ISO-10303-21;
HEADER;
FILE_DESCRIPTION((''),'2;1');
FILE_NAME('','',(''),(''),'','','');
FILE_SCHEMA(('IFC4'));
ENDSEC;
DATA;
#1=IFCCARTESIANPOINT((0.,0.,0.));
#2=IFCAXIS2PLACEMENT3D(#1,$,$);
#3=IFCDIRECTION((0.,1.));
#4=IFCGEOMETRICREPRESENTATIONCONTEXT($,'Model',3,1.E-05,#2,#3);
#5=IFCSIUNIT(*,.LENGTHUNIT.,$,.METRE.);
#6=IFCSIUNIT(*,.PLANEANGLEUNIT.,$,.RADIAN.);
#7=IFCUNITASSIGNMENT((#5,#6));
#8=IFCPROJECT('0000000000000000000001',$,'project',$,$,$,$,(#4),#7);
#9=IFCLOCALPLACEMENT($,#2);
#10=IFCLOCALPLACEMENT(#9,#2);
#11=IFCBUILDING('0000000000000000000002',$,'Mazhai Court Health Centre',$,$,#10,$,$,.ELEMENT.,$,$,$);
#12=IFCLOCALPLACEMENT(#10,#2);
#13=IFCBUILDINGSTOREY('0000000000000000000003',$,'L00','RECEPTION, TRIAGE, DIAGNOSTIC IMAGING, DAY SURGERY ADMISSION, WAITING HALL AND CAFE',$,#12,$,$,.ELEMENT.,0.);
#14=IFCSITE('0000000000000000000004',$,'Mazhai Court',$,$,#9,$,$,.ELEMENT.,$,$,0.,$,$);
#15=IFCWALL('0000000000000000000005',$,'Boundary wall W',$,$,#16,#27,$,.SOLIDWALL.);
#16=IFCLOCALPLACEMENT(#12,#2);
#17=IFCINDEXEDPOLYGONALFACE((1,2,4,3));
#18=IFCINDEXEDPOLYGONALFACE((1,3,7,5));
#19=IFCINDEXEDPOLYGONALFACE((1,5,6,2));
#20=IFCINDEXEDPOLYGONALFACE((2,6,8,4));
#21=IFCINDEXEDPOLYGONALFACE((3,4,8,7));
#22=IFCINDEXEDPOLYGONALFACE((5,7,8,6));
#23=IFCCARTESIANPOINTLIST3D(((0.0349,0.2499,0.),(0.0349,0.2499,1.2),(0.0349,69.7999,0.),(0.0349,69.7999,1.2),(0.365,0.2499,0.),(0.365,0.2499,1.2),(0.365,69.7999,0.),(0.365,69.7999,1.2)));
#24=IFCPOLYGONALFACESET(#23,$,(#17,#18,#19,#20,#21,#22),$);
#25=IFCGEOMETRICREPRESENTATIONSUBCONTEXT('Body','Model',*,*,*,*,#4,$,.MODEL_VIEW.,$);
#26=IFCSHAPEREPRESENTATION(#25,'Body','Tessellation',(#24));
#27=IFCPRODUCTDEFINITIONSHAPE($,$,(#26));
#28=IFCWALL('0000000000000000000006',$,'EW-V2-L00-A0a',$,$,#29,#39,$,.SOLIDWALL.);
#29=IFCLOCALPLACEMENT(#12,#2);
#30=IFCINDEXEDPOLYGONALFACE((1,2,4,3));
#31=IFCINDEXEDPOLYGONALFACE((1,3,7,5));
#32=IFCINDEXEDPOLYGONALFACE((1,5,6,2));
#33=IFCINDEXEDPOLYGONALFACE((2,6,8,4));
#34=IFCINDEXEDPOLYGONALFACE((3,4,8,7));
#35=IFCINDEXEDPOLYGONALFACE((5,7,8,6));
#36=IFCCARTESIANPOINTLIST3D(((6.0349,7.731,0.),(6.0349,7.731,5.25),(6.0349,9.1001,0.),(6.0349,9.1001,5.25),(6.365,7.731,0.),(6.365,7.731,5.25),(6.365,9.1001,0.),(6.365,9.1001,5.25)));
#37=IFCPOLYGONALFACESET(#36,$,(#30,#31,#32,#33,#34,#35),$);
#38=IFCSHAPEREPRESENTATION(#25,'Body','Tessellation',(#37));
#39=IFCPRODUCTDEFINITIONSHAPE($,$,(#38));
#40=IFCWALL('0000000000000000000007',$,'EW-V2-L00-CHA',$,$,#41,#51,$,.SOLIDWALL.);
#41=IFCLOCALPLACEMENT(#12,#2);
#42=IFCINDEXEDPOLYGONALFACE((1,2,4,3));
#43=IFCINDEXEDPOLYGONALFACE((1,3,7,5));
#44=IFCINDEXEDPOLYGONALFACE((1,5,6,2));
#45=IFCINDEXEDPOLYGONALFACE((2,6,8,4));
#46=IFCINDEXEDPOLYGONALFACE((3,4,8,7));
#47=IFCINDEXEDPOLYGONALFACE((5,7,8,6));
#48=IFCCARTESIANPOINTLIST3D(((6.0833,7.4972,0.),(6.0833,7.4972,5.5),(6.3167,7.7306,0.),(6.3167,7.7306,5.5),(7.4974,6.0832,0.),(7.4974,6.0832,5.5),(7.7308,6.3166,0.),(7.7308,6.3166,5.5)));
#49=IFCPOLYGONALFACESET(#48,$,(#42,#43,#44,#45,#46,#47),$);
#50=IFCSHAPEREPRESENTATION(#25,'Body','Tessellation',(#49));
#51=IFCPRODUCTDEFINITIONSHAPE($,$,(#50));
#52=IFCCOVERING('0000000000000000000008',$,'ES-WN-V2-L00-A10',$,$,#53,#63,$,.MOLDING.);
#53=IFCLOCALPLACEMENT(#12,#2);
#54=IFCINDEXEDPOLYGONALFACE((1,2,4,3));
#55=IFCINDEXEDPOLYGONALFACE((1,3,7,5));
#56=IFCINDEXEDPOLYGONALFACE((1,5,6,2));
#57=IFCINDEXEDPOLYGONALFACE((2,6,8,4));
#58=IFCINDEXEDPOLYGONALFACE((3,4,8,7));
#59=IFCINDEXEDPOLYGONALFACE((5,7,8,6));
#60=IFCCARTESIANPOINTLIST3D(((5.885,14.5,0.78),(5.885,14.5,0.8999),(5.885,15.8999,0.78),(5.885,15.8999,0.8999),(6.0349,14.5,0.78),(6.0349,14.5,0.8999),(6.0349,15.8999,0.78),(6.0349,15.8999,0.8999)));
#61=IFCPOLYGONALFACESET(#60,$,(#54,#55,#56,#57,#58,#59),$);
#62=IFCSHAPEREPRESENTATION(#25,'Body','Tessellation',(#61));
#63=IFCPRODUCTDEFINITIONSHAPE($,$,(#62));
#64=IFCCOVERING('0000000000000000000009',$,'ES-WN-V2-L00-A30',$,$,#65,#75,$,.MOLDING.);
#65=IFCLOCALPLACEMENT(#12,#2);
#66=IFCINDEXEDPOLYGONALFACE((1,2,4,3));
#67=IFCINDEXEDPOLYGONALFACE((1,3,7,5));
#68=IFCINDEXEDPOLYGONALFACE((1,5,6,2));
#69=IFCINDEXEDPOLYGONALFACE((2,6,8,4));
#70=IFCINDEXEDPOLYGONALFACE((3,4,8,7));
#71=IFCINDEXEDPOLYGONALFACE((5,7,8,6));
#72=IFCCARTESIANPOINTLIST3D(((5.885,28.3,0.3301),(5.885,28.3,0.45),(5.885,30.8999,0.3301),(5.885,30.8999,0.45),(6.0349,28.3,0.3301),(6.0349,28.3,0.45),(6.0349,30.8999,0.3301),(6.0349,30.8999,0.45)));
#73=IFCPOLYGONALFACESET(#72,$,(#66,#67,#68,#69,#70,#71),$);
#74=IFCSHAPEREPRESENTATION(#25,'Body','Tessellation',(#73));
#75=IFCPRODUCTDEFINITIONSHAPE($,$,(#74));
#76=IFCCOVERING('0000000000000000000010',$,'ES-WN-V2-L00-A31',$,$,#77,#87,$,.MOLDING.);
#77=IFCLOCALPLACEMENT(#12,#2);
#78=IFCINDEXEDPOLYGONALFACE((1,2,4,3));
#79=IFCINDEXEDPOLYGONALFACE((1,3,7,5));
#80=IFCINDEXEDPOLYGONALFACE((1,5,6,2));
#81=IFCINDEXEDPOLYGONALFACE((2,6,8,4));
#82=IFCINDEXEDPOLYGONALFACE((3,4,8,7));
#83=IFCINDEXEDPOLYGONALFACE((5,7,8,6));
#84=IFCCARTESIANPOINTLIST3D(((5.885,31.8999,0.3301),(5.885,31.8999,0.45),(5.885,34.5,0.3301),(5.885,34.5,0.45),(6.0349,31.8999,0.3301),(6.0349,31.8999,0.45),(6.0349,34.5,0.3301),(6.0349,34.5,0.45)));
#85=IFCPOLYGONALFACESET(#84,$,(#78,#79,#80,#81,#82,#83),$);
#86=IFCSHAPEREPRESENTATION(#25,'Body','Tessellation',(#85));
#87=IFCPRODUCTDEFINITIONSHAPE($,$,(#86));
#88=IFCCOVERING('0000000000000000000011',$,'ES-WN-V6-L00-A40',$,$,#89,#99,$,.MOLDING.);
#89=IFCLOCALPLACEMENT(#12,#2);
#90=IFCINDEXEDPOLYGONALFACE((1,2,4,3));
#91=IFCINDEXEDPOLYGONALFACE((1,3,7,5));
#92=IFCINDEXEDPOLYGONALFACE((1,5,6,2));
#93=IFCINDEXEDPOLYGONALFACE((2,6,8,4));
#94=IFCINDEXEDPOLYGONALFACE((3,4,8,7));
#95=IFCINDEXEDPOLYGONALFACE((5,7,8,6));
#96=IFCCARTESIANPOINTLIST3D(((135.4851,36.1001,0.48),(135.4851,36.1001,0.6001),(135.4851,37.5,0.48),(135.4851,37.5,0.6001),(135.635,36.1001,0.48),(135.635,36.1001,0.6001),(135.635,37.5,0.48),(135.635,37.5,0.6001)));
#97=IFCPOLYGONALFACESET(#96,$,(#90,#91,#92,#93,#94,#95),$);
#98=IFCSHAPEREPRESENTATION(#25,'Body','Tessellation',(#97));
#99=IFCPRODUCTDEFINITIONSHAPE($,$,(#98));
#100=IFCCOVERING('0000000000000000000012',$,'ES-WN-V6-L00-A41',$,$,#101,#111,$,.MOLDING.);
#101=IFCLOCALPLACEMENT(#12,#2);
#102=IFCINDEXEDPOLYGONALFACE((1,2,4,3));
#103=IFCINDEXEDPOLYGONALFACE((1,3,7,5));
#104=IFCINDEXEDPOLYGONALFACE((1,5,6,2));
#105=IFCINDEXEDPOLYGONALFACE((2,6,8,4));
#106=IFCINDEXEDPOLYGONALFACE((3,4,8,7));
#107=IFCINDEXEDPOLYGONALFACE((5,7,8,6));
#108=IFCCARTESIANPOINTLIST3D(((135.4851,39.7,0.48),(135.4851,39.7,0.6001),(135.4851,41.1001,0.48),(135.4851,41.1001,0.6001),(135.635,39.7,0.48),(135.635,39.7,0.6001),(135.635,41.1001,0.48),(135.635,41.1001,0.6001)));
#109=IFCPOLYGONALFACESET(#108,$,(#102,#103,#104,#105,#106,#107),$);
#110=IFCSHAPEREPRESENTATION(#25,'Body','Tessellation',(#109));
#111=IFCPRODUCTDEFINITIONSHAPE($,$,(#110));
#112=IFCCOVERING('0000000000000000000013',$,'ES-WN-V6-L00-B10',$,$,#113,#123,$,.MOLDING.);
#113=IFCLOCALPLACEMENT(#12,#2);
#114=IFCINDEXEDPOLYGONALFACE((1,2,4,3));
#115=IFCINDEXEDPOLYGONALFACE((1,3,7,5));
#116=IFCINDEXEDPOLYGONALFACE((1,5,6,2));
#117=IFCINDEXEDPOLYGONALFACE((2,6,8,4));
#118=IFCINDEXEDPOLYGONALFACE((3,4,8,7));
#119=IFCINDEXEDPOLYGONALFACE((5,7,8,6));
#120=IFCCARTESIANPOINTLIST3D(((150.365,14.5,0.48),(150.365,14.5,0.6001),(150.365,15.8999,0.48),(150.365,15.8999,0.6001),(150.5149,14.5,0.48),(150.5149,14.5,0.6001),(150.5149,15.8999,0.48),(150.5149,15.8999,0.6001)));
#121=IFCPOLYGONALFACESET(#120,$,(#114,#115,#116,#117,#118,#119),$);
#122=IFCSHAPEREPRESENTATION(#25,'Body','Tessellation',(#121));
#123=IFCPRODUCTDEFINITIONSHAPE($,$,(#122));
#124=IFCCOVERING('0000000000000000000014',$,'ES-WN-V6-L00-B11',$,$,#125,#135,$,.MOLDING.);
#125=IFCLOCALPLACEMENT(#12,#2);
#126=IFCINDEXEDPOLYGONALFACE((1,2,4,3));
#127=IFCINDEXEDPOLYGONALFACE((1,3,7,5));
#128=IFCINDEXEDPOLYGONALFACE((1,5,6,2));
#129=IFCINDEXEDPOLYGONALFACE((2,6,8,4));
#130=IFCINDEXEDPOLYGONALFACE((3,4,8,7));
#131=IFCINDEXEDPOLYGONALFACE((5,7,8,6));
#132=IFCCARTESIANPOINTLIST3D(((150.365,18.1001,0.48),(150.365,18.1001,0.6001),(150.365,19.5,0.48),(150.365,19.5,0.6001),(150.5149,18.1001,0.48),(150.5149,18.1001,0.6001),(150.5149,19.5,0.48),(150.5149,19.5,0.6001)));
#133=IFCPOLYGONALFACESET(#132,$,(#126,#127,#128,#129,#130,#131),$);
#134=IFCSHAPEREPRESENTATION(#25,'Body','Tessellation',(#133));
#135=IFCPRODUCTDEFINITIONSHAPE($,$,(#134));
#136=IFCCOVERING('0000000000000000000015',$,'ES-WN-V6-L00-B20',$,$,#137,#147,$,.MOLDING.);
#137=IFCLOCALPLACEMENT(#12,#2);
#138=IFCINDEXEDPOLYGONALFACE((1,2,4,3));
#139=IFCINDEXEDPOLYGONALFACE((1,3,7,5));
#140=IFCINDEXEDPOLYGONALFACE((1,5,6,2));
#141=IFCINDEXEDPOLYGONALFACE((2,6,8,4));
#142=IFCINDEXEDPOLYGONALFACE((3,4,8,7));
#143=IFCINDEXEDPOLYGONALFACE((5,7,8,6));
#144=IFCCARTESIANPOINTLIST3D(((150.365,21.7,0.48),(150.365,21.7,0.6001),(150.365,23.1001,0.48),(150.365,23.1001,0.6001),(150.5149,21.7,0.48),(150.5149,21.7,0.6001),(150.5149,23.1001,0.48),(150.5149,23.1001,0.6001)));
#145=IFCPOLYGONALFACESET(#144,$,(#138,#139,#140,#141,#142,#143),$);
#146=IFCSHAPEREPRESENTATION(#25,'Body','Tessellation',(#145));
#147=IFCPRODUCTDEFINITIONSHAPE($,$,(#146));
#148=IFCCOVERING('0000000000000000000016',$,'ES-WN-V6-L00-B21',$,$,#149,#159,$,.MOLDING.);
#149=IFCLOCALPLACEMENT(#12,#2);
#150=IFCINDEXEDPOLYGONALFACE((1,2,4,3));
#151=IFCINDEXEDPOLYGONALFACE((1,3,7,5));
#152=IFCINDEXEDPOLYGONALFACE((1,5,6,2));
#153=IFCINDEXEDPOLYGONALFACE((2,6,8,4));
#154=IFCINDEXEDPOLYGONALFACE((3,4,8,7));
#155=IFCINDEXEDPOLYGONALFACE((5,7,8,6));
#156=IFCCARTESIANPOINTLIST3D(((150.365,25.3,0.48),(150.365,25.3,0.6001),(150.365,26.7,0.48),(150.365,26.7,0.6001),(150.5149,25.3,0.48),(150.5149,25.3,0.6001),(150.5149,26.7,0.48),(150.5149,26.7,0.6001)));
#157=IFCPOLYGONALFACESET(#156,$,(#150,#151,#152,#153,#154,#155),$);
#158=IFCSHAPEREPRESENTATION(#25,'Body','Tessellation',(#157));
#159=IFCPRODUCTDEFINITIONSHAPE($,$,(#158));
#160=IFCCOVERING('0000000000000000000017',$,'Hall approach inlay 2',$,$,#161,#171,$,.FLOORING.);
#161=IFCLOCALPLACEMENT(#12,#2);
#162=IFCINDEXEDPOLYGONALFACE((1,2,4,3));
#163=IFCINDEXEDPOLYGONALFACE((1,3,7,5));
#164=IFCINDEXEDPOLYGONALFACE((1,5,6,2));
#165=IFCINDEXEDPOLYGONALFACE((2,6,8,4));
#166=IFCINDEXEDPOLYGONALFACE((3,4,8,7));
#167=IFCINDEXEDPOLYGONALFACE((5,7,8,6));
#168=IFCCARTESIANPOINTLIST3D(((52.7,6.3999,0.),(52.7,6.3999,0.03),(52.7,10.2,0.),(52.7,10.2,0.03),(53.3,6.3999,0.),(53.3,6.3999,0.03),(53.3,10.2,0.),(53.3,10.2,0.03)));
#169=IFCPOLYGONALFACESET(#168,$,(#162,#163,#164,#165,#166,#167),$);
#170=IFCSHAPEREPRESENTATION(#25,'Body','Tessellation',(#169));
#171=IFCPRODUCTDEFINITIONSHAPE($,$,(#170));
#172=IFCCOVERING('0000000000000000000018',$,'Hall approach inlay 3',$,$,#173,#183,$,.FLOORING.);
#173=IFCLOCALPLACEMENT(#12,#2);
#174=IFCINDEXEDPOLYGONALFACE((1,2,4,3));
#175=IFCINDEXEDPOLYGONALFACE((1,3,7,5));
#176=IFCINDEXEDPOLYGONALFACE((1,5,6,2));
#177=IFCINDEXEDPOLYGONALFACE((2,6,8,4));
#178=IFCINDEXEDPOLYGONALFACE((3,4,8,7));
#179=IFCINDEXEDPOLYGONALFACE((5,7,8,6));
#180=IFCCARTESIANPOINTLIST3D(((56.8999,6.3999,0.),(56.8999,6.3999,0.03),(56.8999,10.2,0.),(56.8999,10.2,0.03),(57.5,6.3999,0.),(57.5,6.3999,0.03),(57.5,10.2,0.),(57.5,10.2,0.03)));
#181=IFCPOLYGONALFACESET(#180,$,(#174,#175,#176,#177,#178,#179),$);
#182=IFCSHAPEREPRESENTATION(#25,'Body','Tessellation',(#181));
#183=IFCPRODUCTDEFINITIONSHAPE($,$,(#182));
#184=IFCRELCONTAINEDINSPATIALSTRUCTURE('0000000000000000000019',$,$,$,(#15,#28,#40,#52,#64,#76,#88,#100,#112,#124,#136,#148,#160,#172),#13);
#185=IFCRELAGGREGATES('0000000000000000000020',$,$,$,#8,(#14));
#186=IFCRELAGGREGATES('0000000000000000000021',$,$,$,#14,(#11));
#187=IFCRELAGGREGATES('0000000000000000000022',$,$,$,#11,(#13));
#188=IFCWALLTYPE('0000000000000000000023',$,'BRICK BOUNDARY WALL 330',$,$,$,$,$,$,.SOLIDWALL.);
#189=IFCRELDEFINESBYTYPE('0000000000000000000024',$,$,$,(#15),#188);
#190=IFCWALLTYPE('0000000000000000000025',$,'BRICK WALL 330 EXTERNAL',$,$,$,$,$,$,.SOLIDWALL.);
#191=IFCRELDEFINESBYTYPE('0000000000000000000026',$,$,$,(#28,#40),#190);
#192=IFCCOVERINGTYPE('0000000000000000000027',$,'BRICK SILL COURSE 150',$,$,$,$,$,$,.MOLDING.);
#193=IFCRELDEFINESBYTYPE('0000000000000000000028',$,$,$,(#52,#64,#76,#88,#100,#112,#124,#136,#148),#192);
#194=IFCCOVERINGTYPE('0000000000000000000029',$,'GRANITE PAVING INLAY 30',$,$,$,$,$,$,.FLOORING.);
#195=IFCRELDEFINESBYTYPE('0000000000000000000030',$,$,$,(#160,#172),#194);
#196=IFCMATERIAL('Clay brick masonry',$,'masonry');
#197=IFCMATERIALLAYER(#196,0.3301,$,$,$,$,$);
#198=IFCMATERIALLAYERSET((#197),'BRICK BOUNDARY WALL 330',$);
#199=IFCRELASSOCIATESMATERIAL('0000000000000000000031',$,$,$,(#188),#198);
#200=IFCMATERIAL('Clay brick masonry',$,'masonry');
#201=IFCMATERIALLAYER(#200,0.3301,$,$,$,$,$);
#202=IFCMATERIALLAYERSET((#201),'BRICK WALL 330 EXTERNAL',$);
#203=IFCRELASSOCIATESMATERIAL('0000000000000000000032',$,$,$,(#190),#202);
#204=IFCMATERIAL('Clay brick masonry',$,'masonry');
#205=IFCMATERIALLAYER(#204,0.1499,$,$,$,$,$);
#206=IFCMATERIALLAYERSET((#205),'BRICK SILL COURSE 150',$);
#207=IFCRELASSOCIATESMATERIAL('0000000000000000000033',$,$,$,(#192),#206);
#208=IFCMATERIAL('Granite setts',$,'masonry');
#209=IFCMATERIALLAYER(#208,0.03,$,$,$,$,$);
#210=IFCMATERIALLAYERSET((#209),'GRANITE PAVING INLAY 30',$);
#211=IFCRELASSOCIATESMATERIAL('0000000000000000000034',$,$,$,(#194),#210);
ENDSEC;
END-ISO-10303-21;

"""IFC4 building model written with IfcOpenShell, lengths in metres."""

from ifc_helpers import new_model, si_unit, direction, frame, frame_2d, origin, place, context, subcontext, project, spatial, polyline, rectangle, outline, extrude, material, layer, layer_set, type_object, element, save


model = new_model("IFC4")

# Units and contexts
model_context = context("Model", 3, precision=1e-05, world=origin(), true_north=direction((0.0, 1.0)))
body_context = subcontext(model_context, "Body", "Model", "MODEL_VIEW")
ifc_project = project(units=[si_unit("LENGTHUNIT", "METRE"), si_unit("PLANEANGLEUNIT", "RADIAN")], contexts=[model_context])

# Site, building, storey
site_placement = place(None, origin())
site = spatial("IfcSite", under=ifc_project, at=site_placement, Name="Mazhai Court", CompositionType="ELEMENT", RefElevation=0.0)
building_placement = place(site_placement, origin())
building = spatial("IfcBuilding", under=site, at=building_placement, Name="Mazhai Court Health Centre", CompositionType="ELEMENT")
storey_placement = place(building_placement, origin())
storey = spatial("IfcBuildingStorey", under=building, at=storey_placement, Name="L00", Description="RECEPTION, TRIAGE, DIAGNOSTIC IMAGING, DAY SURGERY ADMISSION, WAITING HALL AND CAFE", CompositionType="ELEMENT", Elevation=0.0)

# Walls
ifc_material_1 = material(Name="Clay brick masonry", Category="masonry")
ifc_layer_1 = layer(ifc_material_1, 0.3301)
ifc_layer_set_1 = layer_set([ifc_layer_1], Name="BRICK BOUNDARY WALL 330")
wall_type_1 = type_object("IfcWallType", Name="BRICK BOUNDARY WALL 330", PredefinedType="SOLIDWALL", material=ifc_layer_set_1)
wall_1_placement = place(storey_placement, frame((0.2, 0.25, 0.0), z_axis=(0.0, 0.0, 1.0), x_axis=(0.0, 1.0, 0.0)))
element("IfcWall", 1, at=wall_1_placement, inside=storey, type_object=wall_type_1, Name="Boundary wall W", PredefinedType="SOLIDWALL", context=body_context, shape_type="SweptSolid", body=[
    extrude(rectangle(XDim=69.55, YDim=0.3301, at=frame_2d((34.7749, 0.0))), origin(), (0.0, 0.0, 1.0), 1.2),
])
ifc_material_2 = material(Name="Clay brick masonry", Category="masonry")
ifc_layer_2 = layer(ifc_material_2, 0.3301)
ifc_layer_set_2 = layer_set([ifc_layer_2], Name="BRICK WALL 330 EXTERNAL")
wall_type_2 = type_object("IfcWallType", Name="BRICK WALL 330 EXTERNAL", PredefinedType="SOLIDWALL", material=ifc_layer_set_2)
wall_2_placement = place(storey_placement, frame((6.2, 7.731, 0.0), z_axis=(0.0, 0.0, 1.0), x_axis=(0.0, 1.0, 0.0)))
element("IfcWall", 2, at=wall_2_placement, inside=storey, type_object=wall_type_2, Name="EW-V2-L00-A0a", PredefinedType="SOLIDWALL", context=body_context, shape_type="SweptSolid", body=[
    extrude(rectangle(XDim=1.3691, YDim=0.3301, at=frame_2d((0.6846, 0.0))), origin(), (0.0, 0.0, 1.0), 5.25),
])
wall_3_placement = place(storey_placement, frame((6.2, 7.614, 0.0), z_axis=(0.0, 0.0, 1.0), x_axis=(0.707107, -0.707107, 0.0)))
element("IfcWall", 3, at=wall_3_placement, inside=storey, type_object=wall_type_2, Name="EW-V2-L00-CHA", PredefinedType="SOLIDWALL", context=body_context, shape_type="SweptSolid", body=[
    extrude(rectangle(XDim=1.9998, YDim=0.3301, at=frame_2d((1.0, 0.0))), origin(), (0.0, 0.0, 1.0), 5.5),
])

# Coverings
ifc_material_3 = material(Name="Clay brick masonry", Category="masonry")
ifc_layer_3 = layer(ifc_material_3, 0.1499)
ifc_layer_set_3 = layer_set([ifc_layer_3], Name="BRICK SILL COURSE 150")
covering_type_1 = type_object("IfcCoveringType", Name="BRICK SILL COURSE 150", PredefinedType="MOLDING", material=ifc_layer_set_3)
covering_1_placement = place(storey_placement, frame((0.0, 0.0, 0.78)))
element("IfcCovering", 4, at=covering_1_placement, inside=storey, type_object=covering_type_1, Name="ES-WN-V2-L00-A10", PredefinedType="MOLDING", context=body_context, shape_type="SweptSolid", body=[
    extrude(outline(polyline([(6.0349, 14.5), (6.0349, 15.8999), (5.885, 15.8999), (5.885, 14.5), (6.0349, 14.5)])), origin(), (0.0, 0.0, 1.0), 0.1199),
])
covering_2_placement = place(storey_placement, frame((0.0, 0.0, 0.3301)))
element("IfcCovering", 5, at=covering_2_placement, inside=storey, type_object=covering_type_1, Name="ES-WN-V2-L00-A30", PredefinedType="MOLDING", context=body_context, shape_type="SweptSolid", body=[
    extrude(outline(polyline([(6.0349, 28.3), (6.0349, 30.8999), (5.885, 30.8999), (5.885, 28.3), (6.0349, 28.3)])), origin(), (0.0, 0.0, 1.0), 0.1199),
])
covering_3_placement = place(storey_placement, frame((0.0, 0.0, 0.3301)))
element("IfcCovering", 6, at=covering_3_placement, inside=storey, type_object=covering_type_1, Name="ES-WN-V2-L00-A31", PredefinedType="MOLDING", context=body_context, shape_type="SweptSolid", body=[
    extrude(outline(polyline([(6.0349, 31.8999), (6.0349, 34.5), (5.885, 34.5), (5.885, 31.8999), (6.0349, 31.8999)])), origin(), (0.0, 0.0, 1.0), 0.1199),
])
covering_4_placement = place(storey_placement, frame((0.0, 0.0, 0.48)))
element("IfcCovering", 7, at=covering_4_placement, inside=storey, type_object=covering_type_1, Name="ES-WN-V6-L00-A40", PredefinedType="MOLDING", context=body_context, shape_type="SweptSolid", body=[
    extrude(outline(polyline([(135.635, 36.1001), (135.635, 37.5), (135.4851, 37.5), (135.4851, 36.1001), (135.635, 36.1001)])), origin(), (0.0, 0.0, 1.0), 0.1201),
])
covering_5_placement = place(storey_placement, frame((0.0, 0.0, 0.48)))
element("IfcCovering", 8, at=covering_5_placement, inside=storey, type_object=covering_type_1, Name="ES-WN-V6-L00-A41", PredefinedType="MOLDING", context=body_context, shape_type="SweptSolid", body=[
    extrude(outline(polyline([(135.635, 39.7), (135.635, 41.1001), (135.4851, 41.1001), (135.4851, 39.7), (135.635, 39.7)])), origin(), (0.0, 0.0, 1.0), 0.1201),
])
covering_6_placement = place(storey_placement, frame((0.0, 0.0, 0.48)))
element("IfcCovering", 9, at=covering_6_placement, inside=storey, type_object=covering_type_1, Name="ES-WN-V6-L00-B10", PredefinedType="MOLDING", context=body_context, shape_type="SweptSolid", body=[
    extrude(outline(polyline([(150.365, 15.8999), (150.365, 14.5), (150.5149, 14.5), (150.5149, 15.8999), (150.365, 15.8999)])), origin(), (0.0, 0.0, 1.0), 0.1201),
])
covering_7_placement = place(storey_placement, frame((0.0, 0.0, 0.48)))
element("IfcCovering", 10, at=covering_7_placement, inside=storey, type_object=covering_type_1, Name="ES-WN-V6-L00-B11", PredefinedType="MOLDING", context=body_context, shape_type="SweptSolid", body=[
    extrude(outline(polyline([(150.365, 19.5), (150.365, 18.1001), (150.5149, 18.1001), (150.5149, 19.5), (150.365, 19.5)])), origin(), (0.0, 0.0, 1.0), 0.1201),
])
covering_8_placement = place(storey_placement, frame((0.0, 0.0, 0.48)))
element("IfcCovering", 11, at=covering_8_placement, inside=storey, type_object=covering_type_1, Name="ES-WN-V6-L00-B20", PredefinedType="MOLDING", context=body_context, shape_type="SweptSolid", body=[
    extrude(outline(polyline([(150.365, 23.1001), (150.365, 21.7), (150.5149, 21.7), (150.5149, 23.1001), (150.365, 23.1001)])), origin(), (0.0, 0.0, 1.0), 0.1201),
])
covering_9_placement = place(storey_placement, frame((0.0, 0.0, 0.48)))
element("IfcCovering", 12, at=covering_9_placement, inside=storey, type_object=covering_type_1, Name="ES-WN-V6-L00-B21", PredefinedType="MOLDING", context=body_context, shape_type="SweptSolid", body=[
    extrude(outline(polyline([(150.365, 26.7), (150.365, 25.3), (150.5149, 25.3), (150.5149, 26.7), (150.365, 26.7)])), origin(), (0.0, 0.0, 1.0), 0.1201),
])
ifc_material_4 = material(Name="Granite setts", Category="masonry")
ifc_layer_4 = layer(ifc_material_4, 0.03)
ifc_layer_set_4 = layer_set([ifc_layer_4], Name="GRANITE PAVING INLAY 30")
covering_type_2 = type_object("IfcCoveringType", Name="GRANITE PAVING INLAY 30", PredefinedType="FLOORING", material=ifc_layer_set_4)
covering_10_placement = place(storey_placement, origin())
element("IfcCovering", 13, at=covering_10_placement, inside=storey, type_object=covering_type_2, Name="Hall approach inlay 2", PredefinedType="FLOORING", context=body_context, shape_type="SweptSolid", body=[
    extrude(outline(polyline([(52.7, 6.3999), (53.3, 6.3999), (53.3, 10.2), (52.7, 10.2), (52.7, 6.3999)])), origin(), (0.0, 0.0, 1.0), 0.03),
])
covering_11_placement = place(storey_placement, origin())
element("IfcCovering", 14, at=covering_11_placement, inside=storey, type_object=covering_type_2, Name="Hall approach inlay 3", PredefinedType="FLOORING", context=body_context, shape_type="SweptSolid", body=[
    extrude(outline(polyline([(56.8999, 6.3999), (57.5, 6.3999), (57.5, 10.2), (56.8999, 10.2), (56.8999, 6.3999)])), origin(), (0.0, 0.0, 1.0), 0.03),
])

save(model, "model.ifc")
